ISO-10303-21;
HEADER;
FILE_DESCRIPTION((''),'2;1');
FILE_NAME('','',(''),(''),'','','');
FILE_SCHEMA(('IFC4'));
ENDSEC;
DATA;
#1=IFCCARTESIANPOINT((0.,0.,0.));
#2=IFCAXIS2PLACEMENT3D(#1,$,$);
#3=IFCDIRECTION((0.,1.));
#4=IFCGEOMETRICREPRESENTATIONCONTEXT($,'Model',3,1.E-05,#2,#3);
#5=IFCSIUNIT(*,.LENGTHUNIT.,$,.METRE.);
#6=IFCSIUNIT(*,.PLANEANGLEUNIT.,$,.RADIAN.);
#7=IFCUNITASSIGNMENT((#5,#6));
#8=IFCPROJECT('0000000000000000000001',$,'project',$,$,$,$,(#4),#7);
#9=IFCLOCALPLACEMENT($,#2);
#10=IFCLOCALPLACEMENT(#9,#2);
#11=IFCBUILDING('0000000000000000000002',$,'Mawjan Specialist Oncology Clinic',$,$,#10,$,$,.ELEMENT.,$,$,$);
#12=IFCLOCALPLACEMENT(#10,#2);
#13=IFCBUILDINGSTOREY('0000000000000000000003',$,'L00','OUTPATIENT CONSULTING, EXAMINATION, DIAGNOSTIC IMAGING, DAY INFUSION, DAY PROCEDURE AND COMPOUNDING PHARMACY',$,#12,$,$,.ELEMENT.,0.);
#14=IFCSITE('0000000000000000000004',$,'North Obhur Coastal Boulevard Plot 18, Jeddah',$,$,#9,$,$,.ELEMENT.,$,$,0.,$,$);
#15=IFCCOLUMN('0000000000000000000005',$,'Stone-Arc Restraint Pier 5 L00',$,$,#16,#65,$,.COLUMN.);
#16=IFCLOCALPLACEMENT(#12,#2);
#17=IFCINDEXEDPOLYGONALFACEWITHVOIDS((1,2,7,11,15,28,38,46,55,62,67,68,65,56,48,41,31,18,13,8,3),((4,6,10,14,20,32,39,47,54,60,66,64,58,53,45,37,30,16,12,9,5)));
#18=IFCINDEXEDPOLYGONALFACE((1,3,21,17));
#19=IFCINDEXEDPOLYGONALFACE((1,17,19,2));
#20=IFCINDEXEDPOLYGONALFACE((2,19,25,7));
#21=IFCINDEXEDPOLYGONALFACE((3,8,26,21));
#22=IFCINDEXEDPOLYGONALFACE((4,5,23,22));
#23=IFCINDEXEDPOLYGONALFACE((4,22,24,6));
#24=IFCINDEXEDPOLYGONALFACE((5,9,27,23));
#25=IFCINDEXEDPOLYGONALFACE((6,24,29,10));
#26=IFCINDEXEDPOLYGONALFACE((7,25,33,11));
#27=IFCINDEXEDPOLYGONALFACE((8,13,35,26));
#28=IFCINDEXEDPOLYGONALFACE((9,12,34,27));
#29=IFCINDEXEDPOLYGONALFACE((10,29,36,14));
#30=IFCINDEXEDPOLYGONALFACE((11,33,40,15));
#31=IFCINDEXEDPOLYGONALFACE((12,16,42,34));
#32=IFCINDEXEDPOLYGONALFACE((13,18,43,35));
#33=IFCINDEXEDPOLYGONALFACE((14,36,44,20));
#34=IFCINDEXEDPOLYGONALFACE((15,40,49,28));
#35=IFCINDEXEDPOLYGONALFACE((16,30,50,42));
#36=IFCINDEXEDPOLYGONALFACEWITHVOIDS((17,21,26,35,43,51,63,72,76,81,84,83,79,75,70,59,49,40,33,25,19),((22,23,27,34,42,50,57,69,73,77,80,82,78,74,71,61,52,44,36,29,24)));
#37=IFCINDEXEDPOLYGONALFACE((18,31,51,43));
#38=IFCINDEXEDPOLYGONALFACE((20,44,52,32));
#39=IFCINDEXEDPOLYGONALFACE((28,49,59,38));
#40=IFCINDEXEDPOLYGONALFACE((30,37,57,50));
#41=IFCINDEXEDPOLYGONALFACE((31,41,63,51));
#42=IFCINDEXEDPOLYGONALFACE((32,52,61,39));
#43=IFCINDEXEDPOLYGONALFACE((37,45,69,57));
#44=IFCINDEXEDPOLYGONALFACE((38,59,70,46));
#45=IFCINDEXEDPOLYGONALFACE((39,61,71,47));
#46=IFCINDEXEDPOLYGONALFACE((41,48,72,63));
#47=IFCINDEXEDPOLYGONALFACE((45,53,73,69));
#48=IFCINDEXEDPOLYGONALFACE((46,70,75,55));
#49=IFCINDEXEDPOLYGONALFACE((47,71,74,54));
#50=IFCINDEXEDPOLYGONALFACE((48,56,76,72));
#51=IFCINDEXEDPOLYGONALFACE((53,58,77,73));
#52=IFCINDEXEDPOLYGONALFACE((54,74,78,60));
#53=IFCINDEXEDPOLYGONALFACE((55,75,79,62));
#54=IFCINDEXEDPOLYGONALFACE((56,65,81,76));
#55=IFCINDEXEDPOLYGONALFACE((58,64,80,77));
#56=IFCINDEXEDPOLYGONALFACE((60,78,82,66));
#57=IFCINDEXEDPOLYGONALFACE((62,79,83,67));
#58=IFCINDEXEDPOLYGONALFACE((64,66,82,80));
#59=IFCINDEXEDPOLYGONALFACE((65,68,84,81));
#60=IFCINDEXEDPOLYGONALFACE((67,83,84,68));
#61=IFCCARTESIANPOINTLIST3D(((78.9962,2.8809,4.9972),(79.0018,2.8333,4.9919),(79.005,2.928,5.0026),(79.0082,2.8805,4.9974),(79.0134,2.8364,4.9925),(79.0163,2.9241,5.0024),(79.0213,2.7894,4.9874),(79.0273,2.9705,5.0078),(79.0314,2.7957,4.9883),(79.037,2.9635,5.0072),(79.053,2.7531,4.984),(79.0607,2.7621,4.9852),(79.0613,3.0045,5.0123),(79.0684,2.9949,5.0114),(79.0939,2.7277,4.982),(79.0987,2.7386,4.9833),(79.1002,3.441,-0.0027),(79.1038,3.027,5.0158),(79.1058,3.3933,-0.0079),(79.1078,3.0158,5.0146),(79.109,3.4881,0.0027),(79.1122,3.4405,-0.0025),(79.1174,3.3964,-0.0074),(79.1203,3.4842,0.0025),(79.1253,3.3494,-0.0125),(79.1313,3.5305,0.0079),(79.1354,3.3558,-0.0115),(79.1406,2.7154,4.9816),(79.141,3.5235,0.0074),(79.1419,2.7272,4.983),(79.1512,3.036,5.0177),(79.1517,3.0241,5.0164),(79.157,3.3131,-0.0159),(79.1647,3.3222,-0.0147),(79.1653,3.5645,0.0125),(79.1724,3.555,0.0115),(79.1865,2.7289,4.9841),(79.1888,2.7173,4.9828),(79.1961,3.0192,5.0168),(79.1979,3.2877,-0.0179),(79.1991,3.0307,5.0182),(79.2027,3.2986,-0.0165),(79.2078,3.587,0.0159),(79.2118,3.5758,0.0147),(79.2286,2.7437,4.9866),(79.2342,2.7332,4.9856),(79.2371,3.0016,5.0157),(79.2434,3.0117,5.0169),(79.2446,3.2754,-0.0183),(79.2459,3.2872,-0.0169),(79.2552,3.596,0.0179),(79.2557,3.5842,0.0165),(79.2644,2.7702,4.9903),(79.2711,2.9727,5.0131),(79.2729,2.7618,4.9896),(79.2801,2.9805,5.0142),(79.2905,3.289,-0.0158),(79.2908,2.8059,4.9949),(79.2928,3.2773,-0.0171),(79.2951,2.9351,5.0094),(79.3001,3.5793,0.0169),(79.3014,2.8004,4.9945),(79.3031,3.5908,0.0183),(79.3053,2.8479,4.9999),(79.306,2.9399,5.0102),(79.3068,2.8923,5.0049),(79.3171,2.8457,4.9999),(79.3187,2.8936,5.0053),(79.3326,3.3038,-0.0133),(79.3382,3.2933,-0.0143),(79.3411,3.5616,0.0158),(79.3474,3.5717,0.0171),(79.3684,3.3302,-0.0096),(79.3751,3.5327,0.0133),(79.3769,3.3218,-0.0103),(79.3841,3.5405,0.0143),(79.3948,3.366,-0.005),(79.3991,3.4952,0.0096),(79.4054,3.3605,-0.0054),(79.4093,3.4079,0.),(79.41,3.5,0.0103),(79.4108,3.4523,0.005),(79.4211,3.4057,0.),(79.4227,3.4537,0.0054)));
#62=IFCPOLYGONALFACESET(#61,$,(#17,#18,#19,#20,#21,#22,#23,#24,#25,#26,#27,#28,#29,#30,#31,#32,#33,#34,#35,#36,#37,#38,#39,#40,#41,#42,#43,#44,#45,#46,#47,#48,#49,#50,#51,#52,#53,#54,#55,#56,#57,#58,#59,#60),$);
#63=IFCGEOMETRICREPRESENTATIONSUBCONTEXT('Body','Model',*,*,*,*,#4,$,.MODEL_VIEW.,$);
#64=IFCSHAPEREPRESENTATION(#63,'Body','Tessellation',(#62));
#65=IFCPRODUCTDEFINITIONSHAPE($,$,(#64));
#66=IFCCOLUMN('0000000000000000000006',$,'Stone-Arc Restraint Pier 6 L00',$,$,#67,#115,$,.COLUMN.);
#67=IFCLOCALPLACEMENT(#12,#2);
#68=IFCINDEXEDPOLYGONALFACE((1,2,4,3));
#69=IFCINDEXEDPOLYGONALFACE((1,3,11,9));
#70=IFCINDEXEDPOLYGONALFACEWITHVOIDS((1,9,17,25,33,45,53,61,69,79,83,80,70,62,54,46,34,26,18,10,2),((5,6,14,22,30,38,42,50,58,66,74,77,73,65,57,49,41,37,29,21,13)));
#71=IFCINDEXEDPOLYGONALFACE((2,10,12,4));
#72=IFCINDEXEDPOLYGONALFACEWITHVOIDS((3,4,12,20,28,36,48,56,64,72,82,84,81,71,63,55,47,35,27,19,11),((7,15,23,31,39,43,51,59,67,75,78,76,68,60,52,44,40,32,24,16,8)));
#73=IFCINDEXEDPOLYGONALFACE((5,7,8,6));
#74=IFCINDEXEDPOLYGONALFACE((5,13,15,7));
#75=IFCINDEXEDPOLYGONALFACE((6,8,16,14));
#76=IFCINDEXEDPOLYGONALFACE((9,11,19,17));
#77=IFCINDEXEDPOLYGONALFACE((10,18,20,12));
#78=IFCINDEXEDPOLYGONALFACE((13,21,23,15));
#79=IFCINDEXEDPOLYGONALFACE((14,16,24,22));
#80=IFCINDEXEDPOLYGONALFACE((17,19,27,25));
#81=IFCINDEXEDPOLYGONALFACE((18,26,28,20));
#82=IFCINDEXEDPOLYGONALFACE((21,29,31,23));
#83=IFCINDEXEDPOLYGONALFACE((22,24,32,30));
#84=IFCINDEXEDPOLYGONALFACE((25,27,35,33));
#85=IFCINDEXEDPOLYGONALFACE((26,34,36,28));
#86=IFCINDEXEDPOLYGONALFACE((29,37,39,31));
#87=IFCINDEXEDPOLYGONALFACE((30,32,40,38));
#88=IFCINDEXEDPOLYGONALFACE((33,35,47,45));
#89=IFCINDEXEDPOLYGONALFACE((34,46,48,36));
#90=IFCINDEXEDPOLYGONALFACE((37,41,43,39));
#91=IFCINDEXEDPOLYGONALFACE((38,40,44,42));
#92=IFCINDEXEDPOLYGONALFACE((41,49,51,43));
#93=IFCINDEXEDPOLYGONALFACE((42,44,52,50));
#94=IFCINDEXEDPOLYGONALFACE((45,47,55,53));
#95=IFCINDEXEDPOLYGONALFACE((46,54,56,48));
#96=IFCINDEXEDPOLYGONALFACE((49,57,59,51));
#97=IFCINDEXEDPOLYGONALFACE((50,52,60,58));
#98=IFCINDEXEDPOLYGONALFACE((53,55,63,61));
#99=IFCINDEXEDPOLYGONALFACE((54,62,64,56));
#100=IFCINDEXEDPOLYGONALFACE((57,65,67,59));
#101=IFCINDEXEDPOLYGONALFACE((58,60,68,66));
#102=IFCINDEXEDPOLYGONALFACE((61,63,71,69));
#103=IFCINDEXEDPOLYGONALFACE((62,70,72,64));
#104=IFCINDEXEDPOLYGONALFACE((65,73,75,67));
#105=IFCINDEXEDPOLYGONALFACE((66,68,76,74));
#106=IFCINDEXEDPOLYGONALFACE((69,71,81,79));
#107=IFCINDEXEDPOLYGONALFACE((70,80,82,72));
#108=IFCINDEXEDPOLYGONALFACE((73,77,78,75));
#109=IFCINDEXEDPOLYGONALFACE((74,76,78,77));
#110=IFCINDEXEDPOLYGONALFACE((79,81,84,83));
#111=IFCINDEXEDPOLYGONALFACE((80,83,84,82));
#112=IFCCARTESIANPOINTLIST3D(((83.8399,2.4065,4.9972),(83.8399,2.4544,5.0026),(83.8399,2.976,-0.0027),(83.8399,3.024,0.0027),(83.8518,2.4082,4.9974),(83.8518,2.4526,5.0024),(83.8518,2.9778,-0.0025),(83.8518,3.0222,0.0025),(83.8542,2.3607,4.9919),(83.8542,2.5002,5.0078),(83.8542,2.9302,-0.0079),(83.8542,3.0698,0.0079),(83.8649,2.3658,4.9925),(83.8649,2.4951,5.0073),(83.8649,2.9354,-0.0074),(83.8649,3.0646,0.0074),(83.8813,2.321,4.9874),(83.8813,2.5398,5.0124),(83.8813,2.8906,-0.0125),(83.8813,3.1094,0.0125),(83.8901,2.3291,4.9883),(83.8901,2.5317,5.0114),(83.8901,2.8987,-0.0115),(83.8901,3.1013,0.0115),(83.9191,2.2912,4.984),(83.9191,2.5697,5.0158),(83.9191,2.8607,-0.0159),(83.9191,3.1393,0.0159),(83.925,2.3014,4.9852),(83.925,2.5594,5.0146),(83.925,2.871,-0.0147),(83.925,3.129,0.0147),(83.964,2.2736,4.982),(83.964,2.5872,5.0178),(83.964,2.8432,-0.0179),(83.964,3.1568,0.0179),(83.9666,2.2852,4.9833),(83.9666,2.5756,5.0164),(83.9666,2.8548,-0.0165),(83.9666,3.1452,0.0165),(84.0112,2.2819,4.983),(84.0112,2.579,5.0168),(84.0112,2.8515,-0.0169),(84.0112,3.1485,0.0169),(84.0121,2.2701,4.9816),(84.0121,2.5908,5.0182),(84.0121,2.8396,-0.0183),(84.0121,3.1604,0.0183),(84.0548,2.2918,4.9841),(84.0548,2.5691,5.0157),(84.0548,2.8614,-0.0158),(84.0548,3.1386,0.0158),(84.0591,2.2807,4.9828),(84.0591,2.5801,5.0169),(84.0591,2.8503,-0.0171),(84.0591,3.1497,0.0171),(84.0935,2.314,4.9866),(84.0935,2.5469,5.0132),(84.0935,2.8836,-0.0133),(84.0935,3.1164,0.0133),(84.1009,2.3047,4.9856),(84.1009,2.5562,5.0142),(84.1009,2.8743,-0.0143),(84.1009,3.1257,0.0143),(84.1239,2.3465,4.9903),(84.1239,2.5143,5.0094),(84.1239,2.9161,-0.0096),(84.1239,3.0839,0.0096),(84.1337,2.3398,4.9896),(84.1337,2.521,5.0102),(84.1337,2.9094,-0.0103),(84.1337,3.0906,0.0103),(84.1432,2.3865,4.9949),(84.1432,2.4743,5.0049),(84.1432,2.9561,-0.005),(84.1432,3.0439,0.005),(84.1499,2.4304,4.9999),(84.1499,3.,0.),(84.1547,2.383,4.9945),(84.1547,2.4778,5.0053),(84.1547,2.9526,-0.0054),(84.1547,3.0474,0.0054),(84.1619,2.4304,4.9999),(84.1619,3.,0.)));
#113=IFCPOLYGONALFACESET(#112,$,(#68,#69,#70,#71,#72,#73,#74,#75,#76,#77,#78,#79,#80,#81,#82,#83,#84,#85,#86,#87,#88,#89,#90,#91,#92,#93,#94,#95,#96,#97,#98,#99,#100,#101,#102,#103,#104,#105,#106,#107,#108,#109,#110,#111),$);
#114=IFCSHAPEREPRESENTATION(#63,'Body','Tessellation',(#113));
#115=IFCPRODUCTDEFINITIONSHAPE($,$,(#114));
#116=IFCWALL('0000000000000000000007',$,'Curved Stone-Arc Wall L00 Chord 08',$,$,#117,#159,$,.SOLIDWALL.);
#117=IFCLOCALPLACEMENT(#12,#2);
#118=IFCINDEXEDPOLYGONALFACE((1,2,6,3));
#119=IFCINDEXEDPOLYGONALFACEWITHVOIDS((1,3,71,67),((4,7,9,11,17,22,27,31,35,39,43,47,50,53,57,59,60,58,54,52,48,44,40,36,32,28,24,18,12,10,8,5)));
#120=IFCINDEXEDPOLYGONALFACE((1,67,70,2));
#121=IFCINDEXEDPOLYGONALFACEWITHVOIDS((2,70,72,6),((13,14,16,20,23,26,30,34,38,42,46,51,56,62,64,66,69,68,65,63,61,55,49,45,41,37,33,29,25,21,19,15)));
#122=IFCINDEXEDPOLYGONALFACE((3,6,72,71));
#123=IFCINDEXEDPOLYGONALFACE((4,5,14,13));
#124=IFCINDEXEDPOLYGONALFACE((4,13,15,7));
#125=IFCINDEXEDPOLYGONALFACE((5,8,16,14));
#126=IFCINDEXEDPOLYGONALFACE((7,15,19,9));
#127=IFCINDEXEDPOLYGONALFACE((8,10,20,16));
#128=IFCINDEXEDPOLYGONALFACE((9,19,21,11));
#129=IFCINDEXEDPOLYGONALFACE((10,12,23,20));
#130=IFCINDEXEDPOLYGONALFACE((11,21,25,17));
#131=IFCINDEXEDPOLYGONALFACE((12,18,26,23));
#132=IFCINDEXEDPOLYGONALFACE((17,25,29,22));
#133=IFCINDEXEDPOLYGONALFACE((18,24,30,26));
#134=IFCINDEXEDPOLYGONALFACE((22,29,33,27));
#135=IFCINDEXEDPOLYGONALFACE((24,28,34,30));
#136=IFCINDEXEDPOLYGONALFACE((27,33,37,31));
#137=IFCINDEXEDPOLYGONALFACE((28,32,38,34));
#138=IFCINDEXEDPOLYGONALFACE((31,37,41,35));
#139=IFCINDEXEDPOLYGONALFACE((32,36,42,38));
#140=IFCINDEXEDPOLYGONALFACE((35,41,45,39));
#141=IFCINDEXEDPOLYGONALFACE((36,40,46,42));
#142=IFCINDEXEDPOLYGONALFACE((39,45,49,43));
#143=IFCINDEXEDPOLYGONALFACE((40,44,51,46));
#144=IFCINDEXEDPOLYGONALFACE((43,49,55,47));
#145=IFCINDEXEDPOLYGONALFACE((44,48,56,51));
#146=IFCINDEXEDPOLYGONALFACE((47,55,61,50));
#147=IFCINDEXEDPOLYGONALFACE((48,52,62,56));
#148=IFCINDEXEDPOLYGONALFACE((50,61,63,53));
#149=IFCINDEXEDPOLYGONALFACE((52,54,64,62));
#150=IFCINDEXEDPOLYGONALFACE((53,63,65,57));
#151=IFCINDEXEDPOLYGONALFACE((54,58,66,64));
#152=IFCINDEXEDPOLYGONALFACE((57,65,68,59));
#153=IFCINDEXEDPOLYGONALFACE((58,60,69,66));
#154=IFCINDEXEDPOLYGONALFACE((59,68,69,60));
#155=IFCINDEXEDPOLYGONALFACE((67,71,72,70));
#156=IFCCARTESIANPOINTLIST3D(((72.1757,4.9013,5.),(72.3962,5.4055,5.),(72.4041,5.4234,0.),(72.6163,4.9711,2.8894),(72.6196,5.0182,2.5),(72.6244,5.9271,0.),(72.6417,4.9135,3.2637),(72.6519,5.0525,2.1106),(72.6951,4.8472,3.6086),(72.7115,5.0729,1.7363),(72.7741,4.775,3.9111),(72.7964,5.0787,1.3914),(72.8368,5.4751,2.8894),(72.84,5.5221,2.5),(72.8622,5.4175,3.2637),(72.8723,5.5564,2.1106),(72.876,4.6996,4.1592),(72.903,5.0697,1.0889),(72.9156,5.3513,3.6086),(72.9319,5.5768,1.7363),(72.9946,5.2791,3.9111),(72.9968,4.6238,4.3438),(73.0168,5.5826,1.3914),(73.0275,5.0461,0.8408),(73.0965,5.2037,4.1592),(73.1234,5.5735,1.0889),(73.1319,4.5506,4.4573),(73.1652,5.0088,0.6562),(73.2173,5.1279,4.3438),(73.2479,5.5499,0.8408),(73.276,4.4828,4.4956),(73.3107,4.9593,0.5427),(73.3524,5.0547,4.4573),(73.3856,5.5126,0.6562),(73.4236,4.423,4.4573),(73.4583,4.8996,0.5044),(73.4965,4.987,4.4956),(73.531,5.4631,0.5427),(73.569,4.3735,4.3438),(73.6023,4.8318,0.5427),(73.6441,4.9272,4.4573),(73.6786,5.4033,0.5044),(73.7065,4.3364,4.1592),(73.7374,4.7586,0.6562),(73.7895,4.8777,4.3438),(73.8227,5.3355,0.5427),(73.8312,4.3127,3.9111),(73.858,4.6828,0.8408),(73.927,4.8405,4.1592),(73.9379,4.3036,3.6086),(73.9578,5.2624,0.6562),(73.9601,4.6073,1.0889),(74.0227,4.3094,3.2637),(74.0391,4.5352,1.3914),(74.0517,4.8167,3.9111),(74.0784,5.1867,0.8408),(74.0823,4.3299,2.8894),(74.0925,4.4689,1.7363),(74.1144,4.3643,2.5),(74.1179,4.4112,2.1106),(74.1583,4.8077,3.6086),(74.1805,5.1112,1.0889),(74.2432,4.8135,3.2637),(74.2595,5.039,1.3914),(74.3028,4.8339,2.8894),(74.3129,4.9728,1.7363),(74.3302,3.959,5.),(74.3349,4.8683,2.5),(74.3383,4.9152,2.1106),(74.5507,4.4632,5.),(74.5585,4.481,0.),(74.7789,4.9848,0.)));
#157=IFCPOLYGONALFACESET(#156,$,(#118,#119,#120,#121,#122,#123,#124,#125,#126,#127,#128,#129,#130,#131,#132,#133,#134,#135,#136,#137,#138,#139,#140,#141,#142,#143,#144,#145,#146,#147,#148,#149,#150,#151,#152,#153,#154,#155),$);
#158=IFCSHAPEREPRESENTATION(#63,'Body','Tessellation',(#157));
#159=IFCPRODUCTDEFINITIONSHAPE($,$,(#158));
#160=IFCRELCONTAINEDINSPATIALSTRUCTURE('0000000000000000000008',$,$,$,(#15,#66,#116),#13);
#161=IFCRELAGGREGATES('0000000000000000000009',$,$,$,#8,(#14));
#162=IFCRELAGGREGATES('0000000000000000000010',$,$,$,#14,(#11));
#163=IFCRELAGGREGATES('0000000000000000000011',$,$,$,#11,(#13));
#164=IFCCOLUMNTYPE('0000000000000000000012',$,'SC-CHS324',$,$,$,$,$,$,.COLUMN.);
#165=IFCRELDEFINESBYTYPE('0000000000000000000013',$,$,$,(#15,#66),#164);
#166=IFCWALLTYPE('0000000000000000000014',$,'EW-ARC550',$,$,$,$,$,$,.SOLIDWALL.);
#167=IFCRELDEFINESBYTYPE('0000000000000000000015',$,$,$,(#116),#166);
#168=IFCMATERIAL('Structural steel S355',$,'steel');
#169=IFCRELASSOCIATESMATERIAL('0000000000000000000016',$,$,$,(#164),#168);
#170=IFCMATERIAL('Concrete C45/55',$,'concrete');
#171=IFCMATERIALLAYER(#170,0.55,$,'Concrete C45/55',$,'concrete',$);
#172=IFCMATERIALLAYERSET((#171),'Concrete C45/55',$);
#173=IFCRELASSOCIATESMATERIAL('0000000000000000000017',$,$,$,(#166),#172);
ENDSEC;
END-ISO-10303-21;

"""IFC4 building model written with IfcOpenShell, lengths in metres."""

from ifc_helpers import new_model, si_unit, direction, frame, origin, origin_2d, place, context, subcontext, project, spatial, polyline, hollow_circle, outline, extrude, material, layer, layer_set, material_profile, profile_set, type_object, element, save


model = new_model("IFC4")

# Units and contexts
model_context = context("Model", 3, precision=1e-05, world=origin(), true_north=direction((0.0, 1.0)))
body_context = subcontext(model_context, "Body", "Model", "MODEL_VIEW")
ifc_project = project(units=[si_unit("LENGTHUNIT", "METRE"), si_unit("PLANEANGLEUNIT", "RADIAN")], contexts=[model_context])

# Site, building, storey
site_placement = place(None, origin())
site = spatial("IfcSite", under=ifc_project, at=site_placement, Name="North Obhur Coastal Boulevard Plot 18, Jeddah", CompositionType="ELEMENT", RefElevation=0.0)
building_placement = place(site_placement, origin())
building = spatial("IfcBuilding", under=site, at=building_placement, Name="Mawjan Specialist Oncology Clinic", CompositionType="ELEMENT")
storey_placement = place(building_placement, origin())
storey = spatial("IfcBuildingStorey", under=building, at=storey_placement, Name="L00", Description="OUTPATIENT CONSULTING, EXAMINATION, DIAGNOSTIC IMAGING, DAY INFUSION, DAY PROCEDURE AND COMPOUNDING PHARMACY", CompositionType="ELEMENT", Elevation=0.0)

# Columns
ifc_material_1 = material(Name="Structural steel S355", Category="steel")
ifc_material_profile_1 = material_profile(ifc_material_1, hollow_circle(Radius=0.1619, WallThickness=0.012, at=origin_2d()), Name="CHS 323.9x12", Category="steel")
ifc_profile_set_1 = profile_set([ifc_material_profile_1], Name="Structural steel S355")
column_type = type_object("IfcColumnType", Name="SC-CHS324", PredefinedType="COLUMN", material=ifc_profile_set_1)
for number, where, z_axis, x_axis, name in (
    (1, (79.262, 3.4353, 0.0), (-0.020667, -0.111292, 0.993573), (0.983191, -0.18258, 0.0), "Stone-Arc Restraint Pier 5 L00"),
    (2, (84.0, 3.0, 0.0), (0.0, -0.113184, 0.993574), (1.0, 0.0, 0.0), "Stone-Arc Restraint Pier 6 L00"),
):
    element("IfcColumn", number, at=place(storey_placement, frame(where, z_axis=z_axis, x_axis=x_axis)), inside=storey, type_object=column_type, Name=name, PredefinedType="COLUMN", context=body_context, shape_type="SweptSolid", body=[
        extrude(hollow_circle(Radius=0.1619, WallThickness=0.012, at=origin_2d()), origin(), (0.0, 0.0, 1.0), 5.0322),
    ])

# Wall, opening
ifc_material_2 = material(Name="Concrete C45/55", Category="concrete")
ifc_layer = layer(ifc_material_2, 0.55, Name="Concrete C45/55", Category="concrete")
ifc_layer_set = layer_set([ifc_layer], Name="Concrete C45/55")
wall_type = type_object("IfcWallType", Name="EW-ARC550", PredefinedType="SOLIDWALL", material=ifc_layer_set)
wall_1_placement = place(storey_placement, frame((74.6687, 4.7329, 0.0), z_axis=(0.0, 0.0, 1.0), x_axis=(-0.916193, 0.400737, 0.0)))
wall_1 = element("IfcWall", 3, at=wall_1_placement, inside=storey, type_object=wall_type, Name="Curved Stone-Arc Wall L00 Chord 08", PredefinedType="SOLIDWALL", context=body_context, shape_type="SweptSolid", body=[
    extrude(outline(polyline([(-0.2749, 0.0), (0.2749, 0.0), (0.8447, 5.0), (0.2944, 5.0), (-0.2749, 0.0)])), frame((0.0, 0.0, 0.0), z_axis=(1.0, 0.0, 0.0), x_axis=(0.0, 1.0, 0.0)), (0.0, 0.0, 1.0), 2.3516),
])
opening_1_placement = place(wall_1_placement, origin())
element("IfcOpeningElement", 4, at=opening_1_placement, cuts=wall_1, PredefinedType="OPENING", context=body_context, shape_type="SweptSolid", body=[
    extrude(outline(polyline([(1.9917, 2.5), (1.9758, 2.8894), (1.9294, 3.2637), (1.854, 3.6086), (1.7527, 3.9111), (1.6292, 4.1592), (1.488, 4.3438), (1.335, 4.4573), (1.1758, 4.4956), (1.0166, 4.4573), (0.8635, 4.3438), (0.7227, 4.1592), (0.5989, 3.9111), (0.4976, 3.6086), (0.4221, 3.2637), (0.3757, 2.8894), (0.3601, 2.5), (0.3757, 2.1106), (0.4221, 1.7363), (0.4976, 1.3914), (0.5989, 1.0889), (0.7227, 0.8408), (0.8635, 0.6562), (1.0166, 0.5427), (1.1758, 0.5044), (1.335, 0.5427), (1.488, 0.6562), (1.6292, 0.8408), (1.7527, 1.0889), (1.854, 1.3914), (1.9294, 1.7363), (1.9758, 2.1106), (1.9917, 2.5)])), frame((0.0, 0.8645, 0.0), z_axis=(0.0, -1.0, 0.0), x_axis=(1.0, 0.0, 0.0)), (0.0, 0.0, 1.0), 1.1597),
])

save(model, "model.ifc")
